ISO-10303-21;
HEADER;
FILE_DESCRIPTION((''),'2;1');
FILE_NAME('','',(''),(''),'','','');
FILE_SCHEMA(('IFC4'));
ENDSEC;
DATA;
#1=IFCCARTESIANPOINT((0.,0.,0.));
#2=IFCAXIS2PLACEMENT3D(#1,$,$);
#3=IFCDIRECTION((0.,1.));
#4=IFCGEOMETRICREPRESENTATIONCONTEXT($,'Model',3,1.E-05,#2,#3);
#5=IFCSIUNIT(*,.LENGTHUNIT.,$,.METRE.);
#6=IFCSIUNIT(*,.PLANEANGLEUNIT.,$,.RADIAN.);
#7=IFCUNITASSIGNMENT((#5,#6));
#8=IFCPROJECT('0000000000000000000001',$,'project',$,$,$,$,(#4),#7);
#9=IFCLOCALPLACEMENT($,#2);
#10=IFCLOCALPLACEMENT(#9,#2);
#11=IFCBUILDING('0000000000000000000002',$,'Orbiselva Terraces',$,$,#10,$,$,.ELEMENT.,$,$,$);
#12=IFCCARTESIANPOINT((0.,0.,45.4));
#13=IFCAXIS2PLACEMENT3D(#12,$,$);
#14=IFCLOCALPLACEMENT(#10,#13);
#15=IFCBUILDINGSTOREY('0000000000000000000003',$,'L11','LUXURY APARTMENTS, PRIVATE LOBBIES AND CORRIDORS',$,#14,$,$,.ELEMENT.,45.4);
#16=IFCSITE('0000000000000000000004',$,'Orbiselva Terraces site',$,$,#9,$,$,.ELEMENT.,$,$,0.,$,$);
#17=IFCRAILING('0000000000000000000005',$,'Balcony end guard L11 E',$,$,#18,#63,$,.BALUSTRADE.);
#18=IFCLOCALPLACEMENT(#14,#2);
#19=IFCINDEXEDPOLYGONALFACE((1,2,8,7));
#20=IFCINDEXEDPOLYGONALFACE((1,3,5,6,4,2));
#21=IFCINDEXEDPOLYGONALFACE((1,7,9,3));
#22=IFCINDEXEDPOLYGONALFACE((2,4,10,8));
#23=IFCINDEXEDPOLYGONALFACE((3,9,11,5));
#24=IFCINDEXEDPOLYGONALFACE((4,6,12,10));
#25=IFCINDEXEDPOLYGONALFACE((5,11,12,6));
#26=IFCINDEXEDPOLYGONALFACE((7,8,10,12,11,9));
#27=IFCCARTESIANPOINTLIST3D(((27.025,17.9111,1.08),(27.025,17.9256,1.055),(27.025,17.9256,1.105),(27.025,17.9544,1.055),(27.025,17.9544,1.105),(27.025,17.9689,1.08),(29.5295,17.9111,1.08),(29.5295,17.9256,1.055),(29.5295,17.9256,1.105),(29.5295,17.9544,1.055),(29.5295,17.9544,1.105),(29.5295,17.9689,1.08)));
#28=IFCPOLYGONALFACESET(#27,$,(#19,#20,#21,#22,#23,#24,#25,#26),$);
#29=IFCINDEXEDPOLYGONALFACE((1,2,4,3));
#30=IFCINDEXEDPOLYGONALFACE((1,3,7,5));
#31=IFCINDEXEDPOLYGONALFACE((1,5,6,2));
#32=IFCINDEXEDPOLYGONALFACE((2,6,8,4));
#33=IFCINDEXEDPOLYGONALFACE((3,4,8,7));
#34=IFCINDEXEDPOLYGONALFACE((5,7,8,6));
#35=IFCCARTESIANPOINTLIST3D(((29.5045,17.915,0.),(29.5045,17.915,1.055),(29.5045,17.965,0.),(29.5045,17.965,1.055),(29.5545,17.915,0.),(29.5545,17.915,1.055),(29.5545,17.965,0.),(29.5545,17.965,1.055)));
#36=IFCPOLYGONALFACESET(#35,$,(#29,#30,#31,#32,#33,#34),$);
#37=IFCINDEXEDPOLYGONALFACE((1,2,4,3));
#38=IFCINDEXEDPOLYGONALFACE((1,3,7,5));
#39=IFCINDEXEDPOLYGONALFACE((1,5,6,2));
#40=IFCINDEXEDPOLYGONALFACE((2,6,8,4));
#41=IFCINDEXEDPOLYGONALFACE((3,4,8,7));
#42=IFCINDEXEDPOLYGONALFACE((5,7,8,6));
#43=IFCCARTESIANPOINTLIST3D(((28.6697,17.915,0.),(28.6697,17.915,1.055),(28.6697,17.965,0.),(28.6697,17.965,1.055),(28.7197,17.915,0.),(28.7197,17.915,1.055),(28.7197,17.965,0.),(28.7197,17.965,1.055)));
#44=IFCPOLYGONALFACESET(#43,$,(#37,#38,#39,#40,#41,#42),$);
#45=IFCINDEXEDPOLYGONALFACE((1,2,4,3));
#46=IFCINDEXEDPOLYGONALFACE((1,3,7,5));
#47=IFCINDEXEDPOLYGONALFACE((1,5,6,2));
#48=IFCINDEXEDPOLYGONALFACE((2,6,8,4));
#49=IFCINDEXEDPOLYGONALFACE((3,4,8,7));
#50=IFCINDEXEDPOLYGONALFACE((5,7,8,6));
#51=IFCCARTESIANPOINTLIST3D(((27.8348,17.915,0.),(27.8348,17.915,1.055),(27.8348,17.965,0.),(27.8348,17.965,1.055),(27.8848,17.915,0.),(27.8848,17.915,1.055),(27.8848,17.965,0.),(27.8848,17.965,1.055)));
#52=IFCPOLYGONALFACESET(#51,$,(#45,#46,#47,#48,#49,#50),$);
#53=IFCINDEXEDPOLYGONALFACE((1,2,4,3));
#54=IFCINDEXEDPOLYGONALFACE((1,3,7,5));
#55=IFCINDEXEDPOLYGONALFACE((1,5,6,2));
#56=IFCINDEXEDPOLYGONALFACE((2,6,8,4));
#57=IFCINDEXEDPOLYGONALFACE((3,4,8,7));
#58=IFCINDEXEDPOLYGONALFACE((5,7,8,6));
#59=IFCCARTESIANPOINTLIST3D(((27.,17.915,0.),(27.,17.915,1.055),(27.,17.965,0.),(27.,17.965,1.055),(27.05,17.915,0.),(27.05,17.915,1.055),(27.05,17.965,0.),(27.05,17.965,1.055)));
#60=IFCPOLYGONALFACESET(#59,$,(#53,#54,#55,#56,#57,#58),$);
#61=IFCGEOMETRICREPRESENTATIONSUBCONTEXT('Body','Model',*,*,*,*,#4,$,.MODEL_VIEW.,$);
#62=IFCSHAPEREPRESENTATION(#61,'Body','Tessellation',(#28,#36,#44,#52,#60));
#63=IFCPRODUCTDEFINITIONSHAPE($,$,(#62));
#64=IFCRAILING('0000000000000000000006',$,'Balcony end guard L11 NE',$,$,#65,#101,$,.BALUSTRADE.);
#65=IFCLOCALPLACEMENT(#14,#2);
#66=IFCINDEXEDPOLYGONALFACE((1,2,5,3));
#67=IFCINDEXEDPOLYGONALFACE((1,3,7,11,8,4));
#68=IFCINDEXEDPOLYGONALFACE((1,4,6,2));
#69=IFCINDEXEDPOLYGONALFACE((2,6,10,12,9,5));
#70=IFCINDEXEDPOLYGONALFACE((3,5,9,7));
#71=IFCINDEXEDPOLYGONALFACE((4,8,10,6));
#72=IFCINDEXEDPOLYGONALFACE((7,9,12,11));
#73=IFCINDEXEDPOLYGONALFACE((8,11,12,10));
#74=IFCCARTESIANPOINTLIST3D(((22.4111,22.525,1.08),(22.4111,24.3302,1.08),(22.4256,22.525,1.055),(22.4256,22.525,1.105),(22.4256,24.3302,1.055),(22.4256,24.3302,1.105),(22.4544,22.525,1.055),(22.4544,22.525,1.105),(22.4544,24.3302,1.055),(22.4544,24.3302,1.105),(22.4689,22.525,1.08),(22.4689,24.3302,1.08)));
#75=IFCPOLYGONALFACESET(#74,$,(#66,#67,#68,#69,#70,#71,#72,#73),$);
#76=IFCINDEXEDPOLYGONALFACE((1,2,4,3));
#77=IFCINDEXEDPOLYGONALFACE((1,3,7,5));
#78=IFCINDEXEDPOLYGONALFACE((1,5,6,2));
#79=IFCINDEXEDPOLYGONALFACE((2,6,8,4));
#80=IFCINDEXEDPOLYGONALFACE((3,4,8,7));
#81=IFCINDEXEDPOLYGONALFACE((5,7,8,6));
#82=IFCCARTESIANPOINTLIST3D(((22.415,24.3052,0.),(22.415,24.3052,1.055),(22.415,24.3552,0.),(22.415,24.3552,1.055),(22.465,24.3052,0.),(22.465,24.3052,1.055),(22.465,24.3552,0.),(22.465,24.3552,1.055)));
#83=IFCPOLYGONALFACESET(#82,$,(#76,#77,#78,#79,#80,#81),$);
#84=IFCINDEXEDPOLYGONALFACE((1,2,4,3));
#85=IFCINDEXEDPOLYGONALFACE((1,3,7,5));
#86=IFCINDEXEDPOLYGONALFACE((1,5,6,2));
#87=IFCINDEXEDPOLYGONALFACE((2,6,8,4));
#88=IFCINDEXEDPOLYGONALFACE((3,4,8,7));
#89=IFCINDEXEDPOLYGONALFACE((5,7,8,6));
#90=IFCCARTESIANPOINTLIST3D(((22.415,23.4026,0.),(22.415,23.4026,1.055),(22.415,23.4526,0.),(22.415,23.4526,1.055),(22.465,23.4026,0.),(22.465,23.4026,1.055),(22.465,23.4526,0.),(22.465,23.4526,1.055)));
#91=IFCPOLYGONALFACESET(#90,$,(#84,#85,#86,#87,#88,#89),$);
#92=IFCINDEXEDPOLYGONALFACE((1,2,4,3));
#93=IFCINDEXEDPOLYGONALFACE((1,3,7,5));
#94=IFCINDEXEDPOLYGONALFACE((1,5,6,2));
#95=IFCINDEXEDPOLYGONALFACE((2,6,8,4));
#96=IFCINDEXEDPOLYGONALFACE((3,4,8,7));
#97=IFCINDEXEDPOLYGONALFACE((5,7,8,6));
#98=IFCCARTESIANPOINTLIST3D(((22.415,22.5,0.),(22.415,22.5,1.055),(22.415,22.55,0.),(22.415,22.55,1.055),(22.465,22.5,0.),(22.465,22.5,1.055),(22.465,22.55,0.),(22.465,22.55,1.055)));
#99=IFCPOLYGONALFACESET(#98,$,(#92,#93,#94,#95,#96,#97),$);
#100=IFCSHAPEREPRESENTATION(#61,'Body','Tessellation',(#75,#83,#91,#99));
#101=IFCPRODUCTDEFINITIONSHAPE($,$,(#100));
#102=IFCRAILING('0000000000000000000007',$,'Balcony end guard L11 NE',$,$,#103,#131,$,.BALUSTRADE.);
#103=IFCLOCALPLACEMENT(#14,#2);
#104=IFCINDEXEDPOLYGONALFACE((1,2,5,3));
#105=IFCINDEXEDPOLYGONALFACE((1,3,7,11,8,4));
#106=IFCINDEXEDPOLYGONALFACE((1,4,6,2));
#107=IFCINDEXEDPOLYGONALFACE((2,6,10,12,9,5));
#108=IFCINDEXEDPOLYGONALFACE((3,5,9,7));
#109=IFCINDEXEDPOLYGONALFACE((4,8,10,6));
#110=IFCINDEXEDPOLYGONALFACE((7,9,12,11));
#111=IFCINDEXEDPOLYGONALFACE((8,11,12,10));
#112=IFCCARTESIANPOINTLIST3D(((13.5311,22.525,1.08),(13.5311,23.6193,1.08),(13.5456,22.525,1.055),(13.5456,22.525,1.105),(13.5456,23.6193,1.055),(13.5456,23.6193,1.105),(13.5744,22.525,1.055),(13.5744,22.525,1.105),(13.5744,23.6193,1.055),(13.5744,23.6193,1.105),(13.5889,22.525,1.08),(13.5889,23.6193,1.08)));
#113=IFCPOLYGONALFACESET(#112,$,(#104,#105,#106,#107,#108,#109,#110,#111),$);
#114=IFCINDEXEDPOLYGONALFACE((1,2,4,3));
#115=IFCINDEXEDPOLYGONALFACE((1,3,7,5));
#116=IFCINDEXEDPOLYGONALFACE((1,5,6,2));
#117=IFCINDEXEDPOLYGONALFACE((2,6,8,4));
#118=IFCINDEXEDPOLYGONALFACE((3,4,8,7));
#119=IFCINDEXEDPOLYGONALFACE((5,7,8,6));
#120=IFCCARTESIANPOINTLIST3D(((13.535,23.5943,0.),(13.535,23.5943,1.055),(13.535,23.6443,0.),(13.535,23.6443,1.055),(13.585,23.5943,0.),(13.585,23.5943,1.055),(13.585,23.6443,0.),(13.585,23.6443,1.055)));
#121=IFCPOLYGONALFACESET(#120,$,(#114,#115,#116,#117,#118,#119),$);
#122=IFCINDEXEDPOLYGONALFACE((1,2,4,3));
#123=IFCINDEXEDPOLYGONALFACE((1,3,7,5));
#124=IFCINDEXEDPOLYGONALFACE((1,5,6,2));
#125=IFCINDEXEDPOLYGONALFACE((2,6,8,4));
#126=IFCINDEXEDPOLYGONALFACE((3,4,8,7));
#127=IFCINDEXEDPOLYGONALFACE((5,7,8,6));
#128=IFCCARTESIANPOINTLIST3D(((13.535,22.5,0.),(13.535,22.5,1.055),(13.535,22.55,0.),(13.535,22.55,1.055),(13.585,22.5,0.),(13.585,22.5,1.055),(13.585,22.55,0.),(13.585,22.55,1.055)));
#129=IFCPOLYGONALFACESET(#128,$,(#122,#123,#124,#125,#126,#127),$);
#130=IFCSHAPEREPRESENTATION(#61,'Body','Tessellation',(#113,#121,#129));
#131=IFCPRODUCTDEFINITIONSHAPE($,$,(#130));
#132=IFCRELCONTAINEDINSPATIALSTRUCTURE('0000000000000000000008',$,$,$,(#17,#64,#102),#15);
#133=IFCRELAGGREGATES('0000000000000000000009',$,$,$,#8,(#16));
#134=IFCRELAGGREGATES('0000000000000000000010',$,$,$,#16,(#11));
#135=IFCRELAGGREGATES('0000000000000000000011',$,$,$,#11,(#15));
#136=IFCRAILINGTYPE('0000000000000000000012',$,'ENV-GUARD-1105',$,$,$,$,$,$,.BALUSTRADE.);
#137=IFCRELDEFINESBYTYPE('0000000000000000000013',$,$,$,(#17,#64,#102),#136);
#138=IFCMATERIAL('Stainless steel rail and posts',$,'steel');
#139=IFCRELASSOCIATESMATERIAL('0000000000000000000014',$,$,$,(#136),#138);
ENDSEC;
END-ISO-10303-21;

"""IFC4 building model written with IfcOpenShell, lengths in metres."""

from ifc_helpers import new_model, si_unit, direction, frame, origin, origin_2d, place, context, subcontext, project, spatial, polyline, rectangle, outline, extrude, material, type_object, element, save


model = new_model("IFC4")

# Units and contexts
model_context = context("Model", 3, precision=1e-05, world=origin(), true_north=direction((0.0, 1.0)))
body_context = subcontext(model_context, "Body", "Model", "MODEL_VIEW")
ifc_project = project(units=[si_unit("LENGTHUNIT", "METRE"), si_unit("PLANEANGLEUNIT", "RADIAN")], contexts=[model_context])

# Site, building, storey
site_placement = place(None, origin())
site = spatial("IfcSite", under=ifc_project, at=site_placement, Name="Orbiselva Terraces site", CompositionType="ELEMENT", RefElevation=0.0)
building_placement = place(site_placement, origin())
building = spatial("IfcBuilding", under=site, at=building_placement, Name="Orbiselva Terraces", CompositionType="ELEMENT")
storey_placement = place(building_placement, frame((0.0, 0.0, 45.4)))
storey = spatial("IfcBuildingStorey", under=building, at=storey_placement, Name="L11", Description="LUXURY APARTMENTS, PRIVATE LOBBIES AND CORRIDORS", CompositionType="ELEMENT", Elevation=45.4)

# Railings
ifc_material_1 = material(Name="Stainless steel rail and posts", Category="steel")
railing_type_1 = type_object("IfcRailingType", Name="ENV-GUARD-1105", PredefinedType="BALUSTRADE", material=ifc_material_1)
railing_1_placement = place(storey_placement, frame((29.5295, 17.94, 0.0)))
element("IfcRailing", 1, at=railing_1_placement, inside=storey, type_object=railing_type_1, Name="Balcony end guard L11 E", PredefinedType="BALUSTRADE", context=body_context, shape_type="SweptSolid", body=[
    extrude(outline(polyline([(0.0289, 0.0), (0.0144, 0.025), (-0.0144, 0.025), (-0.0289, 0.0), (-0.0144, -0.025), (0.0144, -0.025), (0.0289, 0.0)])), frame((0.0, 0.0, 1.08), z_axis=(-1.0, 0.0, 0.0), x_axis=(0.0, -1.0, 0.0)), (0.0, 0.0, 1.0), 2.5045),
    extrude(rectangle(XDim=0.05, YDim=0.05, at=origin_2d()), origin(), (0.0, 0.0, 1.0), 1.055),
    extrude(rectangle(XDim=0.05, YDim=0.05, at=origin_2d()), frame((-0.8348, 0.0, 0.0)), (0.0, 0.0, 1.0), 1.055),
    extrude(rectangle(XDim=0.05, YDim=0.05, at=origin_2d()), frame((-1.6697, 0.0, 0.0)), (0.0, 0.0, 1.0), 1.055),
    extrude(rectangle(XDim=0.05, YDim=0.05, at=origin_2d()), frame((-2.5045, 0.0, 0.0)), (0.0, 0.0, 1.0), 1.055),
])
railing_2_placement = place(storey_placement, frame((22.44, 24.3302, 0.0)))
element("IfcRailing", 2, at=railing_2_placement, inside=storey, type_object=railing_type_1, Name="Balcony end guard L11 NE", PredefinedType="BALUSTRADE", context=body_context, shape_type="SweptSolid", body=[
    extrude(outline(polyline([(0.0289, 0.0), (0.0144, 0.025), (-0.0144, 0.025), (-0.0289, 0.0), (-0.0144, -0.025), (0.0144, -0.025), (0.0289, 0.0)])), frame((0.0, 0.0, 1.08), z_axis=(0.0, -1.0, 0.0), x_axis=(1.0, 0.0, 0.0)), (0.0, 0.0, 1.0), 1.8052),
    extrude(rectangle(XDim=0.05, YDim=0.05, at=origin_2d()), origin(), (0.0, 0.0, 1.0), 1.055),
    extrude(rectangle(XDim=0.05, YDim=0.05, at=origin_2d()), frame((0.0, -0.9026, 0.0)), (0.0, 0.0, 1.0), 1.055),
    extrude(rectangle(XDim=0.05, YDim=0.05, at=origin_2d()), frame((0.0, -1.8052, 0.0)), (0.0, 0.0, 1.0), 1.055),
])
railing_3_placement = place(storey_placement, frame((13.56, 23.6193, 0.0)))
element("IfcRailing", 3, at=railing_3_placement, inside=storey, type_object=railing_type_1, Name="Balcony end guard L11 NE", PredefinedType="BALUSTRADE", context=body_context, shape_type="SweptSolid", body=[
    extrude(outline(polyline([(0.0289, 0.0), (0.0144, 0.025), (-0.0144, 0.025), (-0.0289, 0.0), (-0.0144, -0.025), (0.0144, -0.025), (0.0289, 0.0)])), frame((0.0, 0.0, 1.08), z_axis=(0.0, -1.0, 0.0), x_axis=(1.0, 0.0, 0.0)), (0.0, 0.0, 1.0), 1.0943),
    extrude(rectangle(XDim=0.05, YDim=0.05, at=origin_2d()), origin(), (0.0, 0.0, 1.0), 1.055),
    extrude(rectangle(XDim=0.05, YDim=0.05, at=origin_2d()), frame((0.0, -1.0943, 0.0)), (0.0, 0.0, 1.0), 1.055),
])

save(model, "model.ifc")
